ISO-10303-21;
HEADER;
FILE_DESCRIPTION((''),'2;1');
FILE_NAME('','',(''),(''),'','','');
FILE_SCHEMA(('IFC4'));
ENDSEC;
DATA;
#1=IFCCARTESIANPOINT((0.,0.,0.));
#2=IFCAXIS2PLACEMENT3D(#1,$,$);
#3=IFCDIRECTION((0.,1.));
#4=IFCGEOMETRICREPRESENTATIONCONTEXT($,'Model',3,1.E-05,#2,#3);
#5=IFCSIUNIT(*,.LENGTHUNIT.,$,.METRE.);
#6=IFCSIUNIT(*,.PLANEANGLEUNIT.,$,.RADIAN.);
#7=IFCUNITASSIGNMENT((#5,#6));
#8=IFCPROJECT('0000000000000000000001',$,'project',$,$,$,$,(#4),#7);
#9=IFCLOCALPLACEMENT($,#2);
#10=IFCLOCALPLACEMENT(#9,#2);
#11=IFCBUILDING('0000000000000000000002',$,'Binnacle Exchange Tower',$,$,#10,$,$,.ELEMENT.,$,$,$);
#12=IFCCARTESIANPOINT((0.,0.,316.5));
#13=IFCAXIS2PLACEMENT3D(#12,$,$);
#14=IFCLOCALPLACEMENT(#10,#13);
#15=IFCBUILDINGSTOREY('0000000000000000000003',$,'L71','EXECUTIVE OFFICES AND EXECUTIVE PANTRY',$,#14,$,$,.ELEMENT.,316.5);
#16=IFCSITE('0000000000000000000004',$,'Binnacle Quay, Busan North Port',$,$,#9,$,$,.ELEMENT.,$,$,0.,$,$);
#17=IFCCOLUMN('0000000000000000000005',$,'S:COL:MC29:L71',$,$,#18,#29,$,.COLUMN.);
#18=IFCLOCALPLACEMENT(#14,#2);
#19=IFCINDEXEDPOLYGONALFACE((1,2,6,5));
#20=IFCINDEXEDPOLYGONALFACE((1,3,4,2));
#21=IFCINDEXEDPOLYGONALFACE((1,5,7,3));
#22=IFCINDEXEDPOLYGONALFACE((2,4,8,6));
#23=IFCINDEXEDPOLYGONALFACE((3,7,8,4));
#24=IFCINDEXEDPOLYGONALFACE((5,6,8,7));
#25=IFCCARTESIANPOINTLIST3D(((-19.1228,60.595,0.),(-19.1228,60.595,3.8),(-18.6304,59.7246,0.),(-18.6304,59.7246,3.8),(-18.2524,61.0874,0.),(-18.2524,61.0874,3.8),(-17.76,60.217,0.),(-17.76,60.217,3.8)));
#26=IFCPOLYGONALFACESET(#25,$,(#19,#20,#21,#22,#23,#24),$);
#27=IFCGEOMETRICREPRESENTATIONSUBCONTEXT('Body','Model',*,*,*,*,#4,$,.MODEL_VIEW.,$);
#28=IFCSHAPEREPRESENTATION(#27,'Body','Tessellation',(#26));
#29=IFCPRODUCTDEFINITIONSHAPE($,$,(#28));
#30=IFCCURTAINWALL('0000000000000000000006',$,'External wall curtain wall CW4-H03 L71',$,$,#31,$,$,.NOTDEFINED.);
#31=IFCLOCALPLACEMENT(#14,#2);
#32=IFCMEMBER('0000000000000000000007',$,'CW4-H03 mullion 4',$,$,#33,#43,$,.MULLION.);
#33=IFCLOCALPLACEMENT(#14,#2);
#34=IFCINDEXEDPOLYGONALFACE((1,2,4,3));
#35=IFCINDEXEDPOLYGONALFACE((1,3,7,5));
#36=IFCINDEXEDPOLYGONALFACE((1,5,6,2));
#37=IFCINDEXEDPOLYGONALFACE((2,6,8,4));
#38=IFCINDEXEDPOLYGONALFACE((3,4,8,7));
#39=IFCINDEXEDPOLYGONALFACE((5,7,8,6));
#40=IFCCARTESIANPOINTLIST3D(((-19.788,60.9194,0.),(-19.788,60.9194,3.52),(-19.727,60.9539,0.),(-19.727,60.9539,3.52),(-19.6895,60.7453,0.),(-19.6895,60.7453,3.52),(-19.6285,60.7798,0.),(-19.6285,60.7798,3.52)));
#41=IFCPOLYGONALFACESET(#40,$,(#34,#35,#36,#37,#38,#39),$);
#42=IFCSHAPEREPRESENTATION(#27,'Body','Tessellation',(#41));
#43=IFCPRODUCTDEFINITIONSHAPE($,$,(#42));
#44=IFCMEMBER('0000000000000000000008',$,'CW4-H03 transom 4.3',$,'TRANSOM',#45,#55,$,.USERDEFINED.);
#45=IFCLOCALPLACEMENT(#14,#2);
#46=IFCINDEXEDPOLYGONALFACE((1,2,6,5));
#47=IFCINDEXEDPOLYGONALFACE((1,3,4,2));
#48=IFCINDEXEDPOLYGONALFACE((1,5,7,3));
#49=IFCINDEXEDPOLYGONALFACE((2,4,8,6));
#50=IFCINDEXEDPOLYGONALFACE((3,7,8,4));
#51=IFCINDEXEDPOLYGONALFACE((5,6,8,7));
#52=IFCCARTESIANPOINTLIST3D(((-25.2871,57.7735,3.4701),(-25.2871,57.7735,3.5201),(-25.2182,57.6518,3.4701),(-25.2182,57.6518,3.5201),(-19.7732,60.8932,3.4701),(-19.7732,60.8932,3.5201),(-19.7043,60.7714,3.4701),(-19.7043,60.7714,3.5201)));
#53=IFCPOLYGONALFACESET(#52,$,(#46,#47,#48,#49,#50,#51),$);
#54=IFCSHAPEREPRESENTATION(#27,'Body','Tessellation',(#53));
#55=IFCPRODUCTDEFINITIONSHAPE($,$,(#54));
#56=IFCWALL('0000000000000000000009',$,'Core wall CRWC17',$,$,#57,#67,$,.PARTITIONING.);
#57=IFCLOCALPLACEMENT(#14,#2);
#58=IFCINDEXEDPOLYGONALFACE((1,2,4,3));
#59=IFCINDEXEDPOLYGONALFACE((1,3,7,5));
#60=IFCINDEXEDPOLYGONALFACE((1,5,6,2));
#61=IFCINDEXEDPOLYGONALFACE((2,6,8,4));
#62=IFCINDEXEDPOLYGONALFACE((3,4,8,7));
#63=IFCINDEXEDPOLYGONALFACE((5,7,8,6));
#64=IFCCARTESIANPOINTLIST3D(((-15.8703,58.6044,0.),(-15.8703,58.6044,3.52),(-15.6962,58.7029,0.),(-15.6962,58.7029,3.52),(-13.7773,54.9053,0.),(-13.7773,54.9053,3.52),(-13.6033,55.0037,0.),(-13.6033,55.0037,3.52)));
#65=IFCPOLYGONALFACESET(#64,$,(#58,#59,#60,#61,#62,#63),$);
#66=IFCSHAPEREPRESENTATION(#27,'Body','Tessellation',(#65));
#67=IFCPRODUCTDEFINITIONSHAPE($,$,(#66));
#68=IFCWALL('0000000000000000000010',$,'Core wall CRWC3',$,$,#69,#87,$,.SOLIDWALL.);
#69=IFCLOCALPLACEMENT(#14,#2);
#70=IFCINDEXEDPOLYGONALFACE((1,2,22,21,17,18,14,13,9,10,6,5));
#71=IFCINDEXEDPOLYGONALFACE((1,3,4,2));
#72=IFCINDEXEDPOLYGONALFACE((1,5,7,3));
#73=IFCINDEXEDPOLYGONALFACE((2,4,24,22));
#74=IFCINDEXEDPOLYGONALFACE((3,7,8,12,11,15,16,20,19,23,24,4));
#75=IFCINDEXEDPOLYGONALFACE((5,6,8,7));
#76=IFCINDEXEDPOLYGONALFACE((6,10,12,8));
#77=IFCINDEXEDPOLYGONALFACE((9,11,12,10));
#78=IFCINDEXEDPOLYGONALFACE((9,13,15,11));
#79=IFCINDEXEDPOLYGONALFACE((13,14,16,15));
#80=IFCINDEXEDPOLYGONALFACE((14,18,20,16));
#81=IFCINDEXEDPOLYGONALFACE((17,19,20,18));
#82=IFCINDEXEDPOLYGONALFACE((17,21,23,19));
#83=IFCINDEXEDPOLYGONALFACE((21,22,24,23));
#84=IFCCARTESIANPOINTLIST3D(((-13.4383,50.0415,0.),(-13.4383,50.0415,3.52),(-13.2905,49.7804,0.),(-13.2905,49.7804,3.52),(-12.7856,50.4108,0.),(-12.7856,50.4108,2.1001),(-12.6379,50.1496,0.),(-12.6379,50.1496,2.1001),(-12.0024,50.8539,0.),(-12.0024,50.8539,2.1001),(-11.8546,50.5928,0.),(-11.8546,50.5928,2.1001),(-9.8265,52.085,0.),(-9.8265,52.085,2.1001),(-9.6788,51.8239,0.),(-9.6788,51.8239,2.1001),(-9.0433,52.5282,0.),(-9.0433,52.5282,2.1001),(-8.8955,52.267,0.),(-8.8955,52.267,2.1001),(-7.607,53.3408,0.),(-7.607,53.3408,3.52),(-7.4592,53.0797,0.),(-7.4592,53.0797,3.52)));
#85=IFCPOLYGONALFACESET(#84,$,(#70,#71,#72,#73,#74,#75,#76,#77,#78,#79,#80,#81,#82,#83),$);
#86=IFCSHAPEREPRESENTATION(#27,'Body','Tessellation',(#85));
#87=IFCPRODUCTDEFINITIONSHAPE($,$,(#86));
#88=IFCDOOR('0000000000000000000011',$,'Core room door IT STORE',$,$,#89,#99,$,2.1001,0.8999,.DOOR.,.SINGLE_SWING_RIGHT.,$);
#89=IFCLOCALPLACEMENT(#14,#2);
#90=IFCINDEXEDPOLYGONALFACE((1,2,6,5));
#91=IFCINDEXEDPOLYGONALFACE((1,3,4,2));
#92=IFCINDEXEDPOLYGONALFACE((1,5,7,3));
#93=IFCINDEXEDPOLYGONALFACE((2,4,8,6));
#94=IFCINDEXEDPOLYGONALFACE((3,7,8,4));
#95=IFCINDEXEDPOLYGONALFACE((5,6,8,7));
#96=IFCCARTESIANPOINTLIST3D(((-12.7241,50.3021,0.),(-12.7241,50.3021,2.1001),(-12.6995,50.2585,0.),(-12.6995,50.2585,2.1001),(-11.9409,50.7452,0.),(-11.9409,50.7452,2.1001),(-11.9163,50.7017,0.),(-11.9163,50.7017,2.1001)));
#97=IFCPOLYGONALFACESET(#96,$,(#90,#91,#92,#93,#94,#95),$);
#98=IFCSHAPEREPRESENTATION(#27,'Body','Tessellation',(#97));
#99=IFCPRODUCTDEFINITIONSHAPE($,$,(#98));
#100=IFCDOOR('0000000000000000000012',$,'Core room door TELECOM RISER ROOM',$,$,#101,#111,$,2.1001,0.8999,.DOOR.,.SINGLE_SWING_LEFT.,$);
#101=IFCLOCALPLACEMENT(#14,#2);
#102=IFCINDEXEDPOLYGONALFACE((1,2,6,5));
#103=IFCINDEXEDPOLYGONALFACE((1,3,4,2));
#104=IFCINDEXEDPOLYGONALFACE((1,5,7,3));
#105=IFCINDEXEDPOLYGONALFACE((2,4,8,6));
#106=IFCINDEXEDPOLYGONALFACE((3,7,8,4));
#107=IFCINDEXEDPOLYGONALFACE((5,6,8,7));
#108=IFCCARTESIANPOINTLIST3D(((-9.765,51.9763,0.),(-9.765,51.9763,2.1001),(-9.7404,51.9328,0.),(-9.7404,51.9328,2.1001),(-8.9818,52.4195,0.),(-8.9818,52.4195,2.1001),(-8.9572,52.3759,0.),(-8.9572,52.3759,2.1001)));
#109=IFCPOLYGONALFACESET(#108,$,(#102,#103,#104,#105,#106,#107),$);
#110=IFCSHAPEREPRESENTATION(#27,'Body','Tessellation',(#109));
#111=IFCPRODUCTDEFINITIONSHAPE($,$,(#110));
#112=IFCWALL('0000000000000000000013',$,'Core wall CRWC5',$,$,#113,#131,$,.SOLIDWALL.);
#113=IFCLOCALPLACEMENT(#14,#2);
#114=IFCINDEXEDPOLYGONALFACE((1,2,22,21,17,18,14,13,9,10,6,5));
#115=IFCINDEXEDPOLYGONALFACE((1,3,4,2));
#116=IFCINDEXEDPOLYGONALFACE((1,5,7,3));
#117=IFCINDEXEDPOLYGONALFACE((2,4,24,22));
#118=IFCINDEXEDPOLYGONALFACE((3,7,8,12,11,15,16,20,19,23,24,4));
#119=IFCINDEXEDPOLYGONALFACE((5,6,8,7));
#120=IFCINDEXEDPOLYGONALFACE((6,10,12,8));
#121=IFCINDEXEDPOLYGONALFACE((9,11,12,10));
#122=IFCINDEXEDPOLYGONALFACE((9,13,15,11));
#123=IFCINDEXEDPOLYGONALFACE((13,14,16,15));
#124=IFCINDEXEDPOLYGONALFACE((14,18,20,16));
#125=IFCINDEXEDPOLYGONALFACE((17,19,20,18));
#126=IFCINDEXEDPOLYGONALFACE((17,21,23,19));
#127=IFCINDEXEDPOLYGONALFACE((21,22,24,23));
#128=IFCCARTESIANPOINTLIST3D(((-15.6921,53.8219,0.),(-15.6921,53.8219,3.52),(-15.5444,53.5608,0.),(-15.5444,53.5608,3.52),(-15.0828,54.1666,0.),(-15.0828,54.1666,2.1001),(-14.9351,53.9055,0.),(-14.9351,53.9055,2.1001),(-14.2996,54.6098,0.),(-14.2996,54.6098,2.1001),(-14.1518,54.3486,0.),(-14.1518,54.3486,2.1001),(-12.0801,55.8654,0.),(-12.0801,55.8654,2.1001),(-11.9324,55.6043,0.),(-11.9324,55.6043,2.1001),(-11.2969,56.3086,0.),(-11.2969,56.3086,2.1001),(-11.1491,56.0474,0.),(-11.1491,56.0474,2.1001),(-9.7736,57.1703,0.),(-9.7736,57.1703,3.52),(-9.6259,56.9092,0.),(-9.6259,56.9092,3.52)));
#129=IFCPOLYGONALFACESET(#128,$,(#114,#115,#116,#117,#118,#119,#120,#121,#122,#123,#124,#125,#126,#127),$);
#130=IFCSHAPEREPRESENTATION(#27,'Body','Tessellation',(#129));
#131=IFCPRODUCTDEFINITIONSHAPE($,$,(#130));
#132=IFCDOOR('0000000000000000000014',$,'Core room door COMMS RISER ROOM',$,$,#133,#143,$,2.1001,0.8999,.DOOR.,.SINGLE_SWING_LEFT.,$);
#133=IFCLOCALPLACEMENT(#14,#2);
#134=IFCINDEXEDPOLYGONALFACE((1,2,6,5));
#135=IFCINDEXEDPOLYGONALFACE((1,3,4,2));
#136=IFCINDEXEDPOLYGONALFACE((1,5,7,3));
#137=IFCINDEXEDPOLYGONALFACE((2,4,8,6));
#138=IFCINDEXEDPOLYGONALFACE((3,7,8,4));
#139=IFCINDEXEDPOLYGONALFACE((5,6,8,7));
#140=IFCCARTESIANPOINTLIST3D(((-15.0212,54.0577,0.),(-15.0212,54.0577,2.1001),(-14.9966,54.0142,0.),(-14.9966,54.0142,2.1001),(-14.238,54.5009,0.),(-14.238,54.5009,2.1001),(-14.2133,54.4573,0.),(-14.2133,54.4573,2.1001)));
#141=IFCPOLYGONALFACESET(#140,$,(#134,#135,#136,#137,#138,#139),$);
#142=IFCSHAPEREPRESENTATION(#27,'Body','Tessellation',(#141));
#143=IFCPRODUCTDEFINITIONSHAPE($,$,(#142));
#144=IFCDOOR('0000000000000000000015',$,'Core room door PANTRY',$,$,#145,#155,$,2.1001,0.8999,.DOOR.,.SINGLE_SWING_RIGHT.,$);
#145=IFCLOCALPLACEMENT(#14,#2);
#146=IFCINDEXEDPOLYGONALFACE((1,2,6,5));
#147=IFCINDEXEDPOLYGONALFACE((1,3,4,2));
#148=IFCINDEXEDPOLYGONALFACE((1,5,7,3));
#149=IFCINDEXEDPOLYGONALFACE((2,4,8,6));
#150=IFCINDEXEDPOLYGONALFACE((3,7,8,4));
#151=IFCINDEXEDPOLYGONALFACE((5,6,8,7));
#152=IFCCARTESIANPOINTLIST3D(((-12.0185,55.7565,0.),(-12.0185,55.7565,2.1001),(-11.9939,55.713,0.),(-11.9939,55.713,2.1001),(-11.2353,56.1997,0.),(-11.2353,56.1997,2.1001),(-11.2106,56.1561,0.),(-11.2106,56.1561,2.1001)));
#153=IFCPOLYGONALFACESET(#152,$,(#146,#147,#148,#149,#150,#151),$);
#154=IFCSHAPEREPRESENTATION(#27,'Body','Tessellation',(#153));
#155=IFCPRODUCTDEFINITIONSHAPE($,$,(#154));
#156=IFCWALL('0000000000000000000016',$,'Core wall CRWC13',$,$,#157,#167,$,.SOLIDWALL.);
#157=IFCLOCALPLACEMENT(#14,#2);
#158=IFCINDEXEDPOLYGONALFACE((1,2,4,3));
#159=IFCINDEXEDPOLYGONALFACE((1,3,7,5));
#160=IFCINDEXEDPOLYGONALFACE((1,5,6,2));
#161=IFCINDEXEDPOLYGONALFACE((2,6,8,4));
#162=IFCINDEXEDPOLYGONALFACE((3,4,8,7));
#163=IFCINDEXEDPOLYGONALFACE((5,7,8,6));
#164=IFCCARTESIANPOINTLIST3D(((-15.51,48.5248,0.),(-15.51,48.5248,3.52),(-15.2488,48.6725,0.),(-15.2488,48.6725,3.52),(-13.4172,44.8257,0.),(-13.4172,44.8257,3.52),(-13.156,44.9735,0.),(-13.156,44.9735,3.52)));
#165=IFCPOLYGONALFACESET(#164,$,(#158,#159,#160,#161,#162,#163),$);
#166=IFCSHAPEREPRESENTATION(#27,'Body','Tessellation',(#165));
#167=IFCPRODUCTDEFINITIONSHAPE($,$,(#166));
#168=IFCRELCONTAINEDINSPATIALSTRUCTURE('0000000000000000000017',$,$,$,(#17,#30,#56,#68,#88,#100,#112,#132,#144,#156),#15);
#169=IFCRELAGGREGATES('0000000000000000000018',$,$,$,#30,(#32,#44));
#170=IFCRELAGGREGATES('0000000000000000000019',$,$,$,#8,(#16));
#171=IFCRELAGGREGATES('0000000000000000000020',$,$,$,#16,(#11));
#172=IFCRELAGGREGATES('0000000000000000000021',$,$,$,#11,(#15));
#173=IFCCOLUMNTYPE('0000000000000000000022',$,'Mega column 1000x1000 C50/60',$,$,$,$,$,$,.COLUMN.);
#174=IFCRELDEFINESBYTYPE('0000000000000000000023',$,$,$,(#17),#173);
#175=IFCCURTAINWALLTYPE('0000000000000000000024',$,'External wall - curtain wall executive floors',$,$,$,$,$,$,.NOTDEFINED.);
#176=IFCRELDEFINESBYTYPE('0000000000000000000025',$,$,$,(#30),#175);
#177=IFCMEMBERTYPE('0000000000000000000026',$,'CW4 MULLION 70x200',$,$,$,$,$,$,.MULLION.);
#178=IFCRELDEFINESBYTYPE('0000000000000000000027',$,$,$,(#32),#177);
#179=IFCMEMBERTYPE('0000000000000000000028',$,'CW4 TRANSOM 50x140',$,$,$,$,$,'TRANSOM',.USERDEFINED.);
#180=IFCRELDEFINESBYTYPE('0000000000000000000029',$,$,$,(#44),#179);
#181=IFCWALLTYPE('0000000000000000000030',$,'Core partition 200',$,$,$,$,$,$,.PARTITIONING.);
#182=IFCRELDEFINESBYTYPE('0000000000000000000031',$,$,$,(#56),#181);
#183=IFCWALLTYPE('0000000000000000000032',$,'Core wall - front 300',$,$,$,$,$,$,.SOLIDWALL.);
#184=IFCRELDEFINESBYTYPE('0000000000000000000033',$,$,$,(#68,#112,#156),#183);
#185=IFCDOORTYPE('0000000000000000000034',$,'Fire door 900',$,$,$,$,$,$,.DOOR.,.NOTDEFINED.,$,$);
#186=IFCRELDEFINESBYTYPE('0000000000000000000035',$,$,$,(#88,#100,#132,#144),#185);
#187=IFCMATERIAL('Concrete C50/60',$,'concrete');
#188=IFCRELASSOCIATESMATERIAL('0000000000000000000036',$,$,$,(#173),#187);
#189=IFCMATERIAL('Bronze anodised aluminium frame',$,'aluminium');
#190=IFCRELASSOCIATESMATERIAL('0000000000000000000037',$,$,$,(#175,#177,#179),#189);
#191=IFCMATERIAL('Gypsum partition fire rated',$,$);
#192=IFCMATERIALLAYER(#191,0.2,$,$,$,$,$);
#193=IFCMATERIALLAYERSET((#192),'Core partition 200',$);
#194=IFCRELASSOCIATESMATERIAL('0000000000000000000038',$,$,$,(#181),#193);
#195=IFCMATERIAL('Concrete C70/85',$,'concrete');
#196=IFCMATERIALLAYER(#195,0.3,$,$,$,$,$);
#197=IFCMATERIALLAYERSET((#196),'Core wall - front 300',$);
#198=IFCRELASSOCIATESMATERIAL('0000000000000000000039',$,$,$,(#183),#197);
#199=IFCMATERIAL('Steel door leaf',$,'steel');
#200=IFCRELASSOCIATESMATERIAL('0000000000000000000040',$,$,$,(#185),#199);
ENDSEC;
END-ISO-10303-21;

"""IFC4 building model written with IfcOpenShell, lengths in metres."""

from ifc_helpers import new_model, si_unit, direction, frame, frame_2d, origin, origin_2d, place, context, subcontext, project, spatial, rectangle, extrude, material, layer, layer_set, material_profile, profile_set, type_object, element, fill, aggregate, save


model = new_model("IFC4")

# Units and contexts
model_context = context("Model", 3, precision=1e-05, world=origin(), true_north=direction((0.0, 1.0)))
body_context = subcontext(model_context, "Body", "Model", "MODEL_VIEW")
ifc_project = project(units=[si_unit("LENGTHUNIT", "METRE"), si_unit("PLANEANGLEUNIT", "RADIAN")], contexts=[model_context])

# Site, building, storey
site_placement = place(None, origin())
site = spatial("IfcSite", under=ifc_project, at=site_placement, Name="Binnacle Quay, Busan North Port", CompositionType="ELEMENT", RefElevation=0.0)
building_placement = place(site_placement, origin())
building = spatial("IfcBuilding", under=site, at=building_placement, Name="Binnacle Exchange Tower", CompositionType="ELEMENT")
storey_placement = place(building_placement, frame((0.0, 0.0, 316.5)))
storey = spatial("IfcBuildingStorey", under=building, at=storey_placement, Name="L71", Description="EXECUTIVE OFFICES AND EXECUTIVE PANTRY", CompositionType="ELEMENT", Elevation=316.5)

# Column
ifc_material_1 = material(Name="Concrete C50/60", Category="concrete")
ifc_material_profile_1 = material_profile(ifc_material_1, rectangle(XDim=1.0, YDim=1.0, at=origin_2d()), Name="Mega column 1000x1000 C50/60")
ifc_profile_set_1 = profile_set([ifc_material_profile_1], Name="Concrete C50/60")
column_type = type_object("IfcColumnType", Name="Mega column 1000x1000 C50/60", PredefinedType="COLUMN", material=ifc_profile_set_1)
column_placement = place(storey_placement, frame((-18.4414, 60.406, 0.0), z_axis=(0.0, 0.0, 1.0), x_axis=(-0.870356, -0.492424, 0.0)))
element("IfcColumn", 1, at=column_placement, inside=storey, type_object=column_type, Name="S:COL:MC29:L71", PredefinedType="COLUMN", context=body_context, shape_type="SweptSolid", body=[
    extrude(rectangle(XDim=1.0, YDim=1.0, at=origin_2d()), origin(), (0.0, 0.0, 1.0), 3.8),
])

# Curtain wall, members
ifc_material_2 = material(Name="Bronze anodised aluminium frame", Category="aluminium")
curtain_wall_type = type_object("IfcCurtainWallType", Name="External wall - curtain wall executive floors", PredefinedType="NOTDEFINED", material=ifc_material_2)
curtain_wall_placement = place(storey_placement, origin())
curtain_wall = element("IfcCurtainWall", 2, at=curtain_wall_placement, inside=storey, type_object=curtain_wall_type, Name="External wall curtain wall CW4-H03 L71", PredefinedType="NOTDEFINED")
ifc_material_profile_2 = material_profile(ifc_material_2, rectangle(XDim=0.2, YDim=0.0701, at=origin_2d()), Name="AL 70x200")
ifc_profile_set_2 = profile_set([ifc_material_profile_2], Name="Bronze anodised aluminium frame")
member_type_1 = type_object("IfcMemberType", Name="CW4 MULLION 70x200", PredefinedType="MULLION", material=ifc_profile_set_2)
member_1_placement = place(storey_placement, frame((-19.7083, 60.8496, 0.0), z_axis=(0.0, 0.0, 1.0), x_axis=(0.492424, -0.870356, 0.0)))
member_1 = element("IfcMember", 3, at=member_1_placement, type_object=member_type_1, Name="CW4-H03 mullion 4", PredefinedType="MULLION", context=body_context, shape_type="SweptSolid", body=[
    extrude(rectangle(XDim=0.2, YDim=0.0701, at=origin_2d()), origin(), (0.0, 0.0, 1.0), 3.52),
])
ifc_material_profile_3 = material_profile(ifc_material_2, rectangle(XDim=0.1399, YDim=0.05, at=origin_2d()), Name="AL 140x50")
ifc_profile_set_3 = profile_set([ifc_material_profile_3], Name="Bronze anodised aluminium frame")
member_type_2 = type_object("IfcMemberType", Name="CW4 TRANSOM 50x140", ElementType="TRANSOM", PredefinedType="USERDEFINED", material=ifc_profile_set_3)
member_2_placement = place(storey_placement, frame((-19.7388, 60.8323, 3.4951), z_axis=(-0.870355, -0.492424, 0.0), x_axis=(0.492424, -0.870355, 0.0)))
member_2 = element("IfcMember", 4, at=member_2_placement, type_object=member_type_2, Name="CW4-H03 transom 4.3", ObjectType="TRANSOM", PredefinedType="USERDEFINED", context=body_context, shape_type="SweptSolid", body=[
    extrude(rectangle(XDim=0.1399, YDim=0.05, at=origin_2d()), origin(), (0.0, 0.0, 1.0), 6.3352),
])
aggregate(curtain_wall, [member_1, member_2])

# Wall
ifc_material_3 = material(Name="Gypsum partition fire rated")
ifc_layer_1 = layer(ifc_material_3, 0.2)
ifc_layer_set_1 = layer_set([ifc_layer_1], Name="Core partition 200")
wall_type_1 = type_object("IfcWallType", Name="Core partition 200", PredefinedType="PARTITIONING", material=ifc_layer_set_1)
wall_1_placement = place(storey_placement, frame((-15.7832, 58.6536, 0.0), z_axis=(0.0, 0.0, 1.0), x_axis=(0.492441, -0.870346, 0.0)))
element("IfcWall", 5, at=wall_1_placement, inside=storey, type_object=wall_type_1, Name="Core wall CRWC17", PredefinedType="PARTITIONING", context=body_context, shape_type="SweptSolid", body=[
    extrude(rectangle(XDim=4.2502, YDim=0.2, at=frame_2d((2.125, 0.0))), origin(), (0.0, 0.0, 1.0), 3.52),
])

# Walls, openings, doors
ifc_material_4 = material(Name="Concrete C70/85", Category="concrete")
ifc_layer_2 = layer(ifc_material_4, 0.3)
ifc_layer_set_2 = layer_set([ifc_layer_2], Name="Core wall - front 300")
wall_type_2 = type_object("IfcWallType", Name="Core wall - front 300", PredefinedType="SOLIDWALL", material=ifc_layer_set_2)
wall_2_placement = place(storey_placement, frame((-13.3645, 49.9109, 0.0), z_axis=(0.0, 0.0, 1.0), x_axis=(0.870348, 0.492438, 0.0)))
wall_2 = element("IfcWall", 6, at=wall_2_placement, inside=storey, type_object=wall_type_2, Name="Core wall CRWC3", PredefinedType="SOLIDWALL", context=body_context, shape_type="SweptSolid", body=[
    extrude(rectangle(XDim=6.7, YDim=0.3, at=frame_2d((3.3501, 0.0))), origin(), (0.0, 0.0, 1.0), 3.52),
])
opening_1_placement = place(wall_2_placement, frame((0.75, 0.0, 0.0)))
opening_1 = element("IfcOpeningElement", 7, at=opening_1_placement, cuts=wall_2, PredefinedType="OPENING", context=body_context, shape_type="SweptSolid", body=[
    extrude(rectangle(XDim=0.8999, YDim=2.1001, at=frame_2d((0.45, 1.05))), frame((0.0, 0.1599, 0.0), z_axis=(0.0, -1.0, 0.0), x_axis=(1.0, 0.0, 0.0)), (0.0, 0.0, 1.0), 0.3201),
])
opening_2_placement = place(wall_2_placement, frame((4.1499, 0.0, 0.0)))
opening_2 = element("IfcOpeningElement", 8, at=opening_2_placement, cuts=wall_2, PredefinedType="OPENING", context=body_context, shape_type="SweptSolid", body=[
    extrude(rectangle(XDim=0.8999, YDim=2.1001, at=frame_2d((0.45, 1.05))), frame((0.0, 0.1599, 0.0), z_axis=(0.0, -1.0, 0.0), x_axis=(1.0, 0.0, 0.0)), (0.0, 0.0, 1.0), 0.3201),
])
ifc_material_5 = material(Name="Steel door leaf", Category="steel")
door_type_1 = type_object("IfcDoorType", Name="Fire door 900", OperationType="NOTDEFINED", PredefinedType="DOOR", material=ifc_material_5)
door_1_placement = place(opening_1_placement, frame((0.8999, 0.0, 0.0), z_axis=(0.0, 0.0, 1.0), x_axis=(-1.0, 0.0, 0.0)))
door_1 = element("IfcDoor", 9, at=door_1_placement, inside=storey, type_object=door_type_1, Name="Core room door IT STORE", OperationType="SINGLE_SWING_RIGHT", OverallHeight=2.1001, OverallWidth=0.8999, PredefinedType="DOOR", context=body_context, shape_type="SweptSolid", body=[
    extrude(rectangle(XDim=0.8999, YDim=2.1001, at=frame_2d((0.45, 1.05))), frame((0.0, 0.0249, 0.0), z_axis=(0.0, -1.0, 0.0), x_axis=(1.0, 0.0, 0.0)), (0.0, 0.0, 1.0), 0.05),
])
fill(opening_1, door_1)
door_2_placement = place(opening_2_placement, frame((0.8999, 0.0, 0.0), z_axis=(0.0, 0.0, 1.0), x_axis=(-1.0, 0.0, 0.0)))
door_2 = element("IfcDoor", 10, at=door_2_placement, inside=storey, type_object=door_type_1, Name="Core room door TELECOM RISER ROOM", OperationType="SINGLE_SWING_LEFT", OverallHeight=2.1001, OverallWidth=0.8999, PredefinedType="DOOR", context=body_context, shape_type="SweptSolid", body=[
    extrude(rectangle(XDim=0.8999, YDim=2.1001, at=frame_2d((0.45, 1.05))), frame((0.0, 0.0249, 0.0), z_axis=(0.0, -1.0, 0.0), x_axis=(1.0, 0.0, 0.0)), (0.0, 0.0, 1.0), 0.05),
])
fill(opening_2, door_2)
wall_3_placement = place(storey_placement, frame((-15.6182, 53.6914, 0.0), z_axis=(0.0, 0.0, 1.0), x_axis=(0.870363, 0.492411, 0.0)))
wall_3 = element("IfcWall", 11, at=wall_3_placement, inside=storey, type_object=wall_type_2, Name="Core wall CRWC5", PredefinedType="SOLIDWALL", context=body_context, shape_type="SweptSolid", body=[
    extrude(rectangle(XDim=6.8, YDim=0.3, at=frame_2d((3.3999, 0.0))), origin(), (0.0, 0.0, 1.0), 3.52),
])
opening_3_placement = place(wall_3_placement, frame((0.7, 0.0, 0.0)))
opening_3 = element("IfcOpeningElement", 12, at=opening_3_placement, cuts=wall_3, PredefinedType="OPENING", context=body_context, shape_type="SweptSolid", body=[
    extrude(rectangle(XDim=0.8999, YDim=2.1001, at=frame_2d((0.45, 1.05))), frame((0.0, 0.1599, 0.0), z_axis=(0.0, -1.0, 0.0), x_axis=(1.0, 0.0, 0.0)), (0.0, 0.0, 1.0), 0.3201),
])
opening_4_placement = place(wall_3_placement, frame((4.1499, 0.0, 0.0)))
opening_4 = element("IfcOpeningElement", 13, at=opening_4_placement, cuts=wall_3, PredefinedType="OPENING", context=body_context, shape_type="SweptSolid", body=[
    extrude(rectangle(XDim=0.8999, YDim=2.1001, at=frame_2d((0.45, 1.05))), frame((0.0, 0.1599, 0.0), z_axis=(0.0, -1.0, 0.0), x_axis=(1.0, 0.0, 0.0)), (0.0, 0.0, 1.0), 0.3201),
])
door_3_placement = place(opening_3_placement, origin())
door_3 = element("IfcDoor", 14, at=door_3_placement, inside=storey, type_object=door_type_1, Name="Core room door COMMS RISER ROOM", OperationType="SINGLE_SWING_LEFT", OverallHeight=2.1001, OverallWidth=0.8999, PredefinedType="DOOR", context=body_context, shape_type="SweptSolid", body=[
    extrude(rectangle(XDim=0.8999, YDim=2.1001, at=frame_2d((0.45, 1.05))), frame((0.0, 0.0249, 0.0), z_axis=(0.0, -1.0, 0.0), x_axis=(1.0, 0.0, 0.0)), (0.0, 0.0, 1.0), 0.05),
])
fill(opening_3, door_3)
door_4_placement = place(opening_4_placement, origin())
door_4 = element("IfcDoor", 15, at=door_4_placement, inside=storey, type_object=door_type_1, Name="Core room door PANTRY", OperationType="SINGLE_SWING_RIGHT", OverallHeight=2.1001, OverallWidth=0.8999, PredefinedType="DOOR", context=body_context, shape_type="SweptSolid", body=[
    extrude(rectangle(XDim=0.8999, YDim=2.1001, at=frame_2d((0.45, 1.05))), frame((0.0, 0.0249, 0.0), z_axis=(0.0, -1.0, 0.0), x_axis=(1.0, 0.0, 0.0)), (0.0, 0.0, 1.0), 0.05),
])
fill(opening_4, door_4)

# Wall
wall_4_placement = place(storey_placement, frame((-15.3794, 48.5986, 0.0), z_axis=(0.0, 0.0, 1.0), x_axis=(0.492423, -0.870356, 0.0)))
element("IfcWall", 16, at=wall_4_placement, inside=storey, type_object=wall_type_2, Name="Core wall CRWC13", PredefinedType="SOLIDWALL", context=body_context, shape_type="SweptSolid", body=[
    extrude(rectangle(XDim=4.25, YDim=0.3, at=frame_2d((2.125, 0.0))), origin(), (0.0, 0.0, 1.0), 3.52),
])

save(model, "model.ifc")
